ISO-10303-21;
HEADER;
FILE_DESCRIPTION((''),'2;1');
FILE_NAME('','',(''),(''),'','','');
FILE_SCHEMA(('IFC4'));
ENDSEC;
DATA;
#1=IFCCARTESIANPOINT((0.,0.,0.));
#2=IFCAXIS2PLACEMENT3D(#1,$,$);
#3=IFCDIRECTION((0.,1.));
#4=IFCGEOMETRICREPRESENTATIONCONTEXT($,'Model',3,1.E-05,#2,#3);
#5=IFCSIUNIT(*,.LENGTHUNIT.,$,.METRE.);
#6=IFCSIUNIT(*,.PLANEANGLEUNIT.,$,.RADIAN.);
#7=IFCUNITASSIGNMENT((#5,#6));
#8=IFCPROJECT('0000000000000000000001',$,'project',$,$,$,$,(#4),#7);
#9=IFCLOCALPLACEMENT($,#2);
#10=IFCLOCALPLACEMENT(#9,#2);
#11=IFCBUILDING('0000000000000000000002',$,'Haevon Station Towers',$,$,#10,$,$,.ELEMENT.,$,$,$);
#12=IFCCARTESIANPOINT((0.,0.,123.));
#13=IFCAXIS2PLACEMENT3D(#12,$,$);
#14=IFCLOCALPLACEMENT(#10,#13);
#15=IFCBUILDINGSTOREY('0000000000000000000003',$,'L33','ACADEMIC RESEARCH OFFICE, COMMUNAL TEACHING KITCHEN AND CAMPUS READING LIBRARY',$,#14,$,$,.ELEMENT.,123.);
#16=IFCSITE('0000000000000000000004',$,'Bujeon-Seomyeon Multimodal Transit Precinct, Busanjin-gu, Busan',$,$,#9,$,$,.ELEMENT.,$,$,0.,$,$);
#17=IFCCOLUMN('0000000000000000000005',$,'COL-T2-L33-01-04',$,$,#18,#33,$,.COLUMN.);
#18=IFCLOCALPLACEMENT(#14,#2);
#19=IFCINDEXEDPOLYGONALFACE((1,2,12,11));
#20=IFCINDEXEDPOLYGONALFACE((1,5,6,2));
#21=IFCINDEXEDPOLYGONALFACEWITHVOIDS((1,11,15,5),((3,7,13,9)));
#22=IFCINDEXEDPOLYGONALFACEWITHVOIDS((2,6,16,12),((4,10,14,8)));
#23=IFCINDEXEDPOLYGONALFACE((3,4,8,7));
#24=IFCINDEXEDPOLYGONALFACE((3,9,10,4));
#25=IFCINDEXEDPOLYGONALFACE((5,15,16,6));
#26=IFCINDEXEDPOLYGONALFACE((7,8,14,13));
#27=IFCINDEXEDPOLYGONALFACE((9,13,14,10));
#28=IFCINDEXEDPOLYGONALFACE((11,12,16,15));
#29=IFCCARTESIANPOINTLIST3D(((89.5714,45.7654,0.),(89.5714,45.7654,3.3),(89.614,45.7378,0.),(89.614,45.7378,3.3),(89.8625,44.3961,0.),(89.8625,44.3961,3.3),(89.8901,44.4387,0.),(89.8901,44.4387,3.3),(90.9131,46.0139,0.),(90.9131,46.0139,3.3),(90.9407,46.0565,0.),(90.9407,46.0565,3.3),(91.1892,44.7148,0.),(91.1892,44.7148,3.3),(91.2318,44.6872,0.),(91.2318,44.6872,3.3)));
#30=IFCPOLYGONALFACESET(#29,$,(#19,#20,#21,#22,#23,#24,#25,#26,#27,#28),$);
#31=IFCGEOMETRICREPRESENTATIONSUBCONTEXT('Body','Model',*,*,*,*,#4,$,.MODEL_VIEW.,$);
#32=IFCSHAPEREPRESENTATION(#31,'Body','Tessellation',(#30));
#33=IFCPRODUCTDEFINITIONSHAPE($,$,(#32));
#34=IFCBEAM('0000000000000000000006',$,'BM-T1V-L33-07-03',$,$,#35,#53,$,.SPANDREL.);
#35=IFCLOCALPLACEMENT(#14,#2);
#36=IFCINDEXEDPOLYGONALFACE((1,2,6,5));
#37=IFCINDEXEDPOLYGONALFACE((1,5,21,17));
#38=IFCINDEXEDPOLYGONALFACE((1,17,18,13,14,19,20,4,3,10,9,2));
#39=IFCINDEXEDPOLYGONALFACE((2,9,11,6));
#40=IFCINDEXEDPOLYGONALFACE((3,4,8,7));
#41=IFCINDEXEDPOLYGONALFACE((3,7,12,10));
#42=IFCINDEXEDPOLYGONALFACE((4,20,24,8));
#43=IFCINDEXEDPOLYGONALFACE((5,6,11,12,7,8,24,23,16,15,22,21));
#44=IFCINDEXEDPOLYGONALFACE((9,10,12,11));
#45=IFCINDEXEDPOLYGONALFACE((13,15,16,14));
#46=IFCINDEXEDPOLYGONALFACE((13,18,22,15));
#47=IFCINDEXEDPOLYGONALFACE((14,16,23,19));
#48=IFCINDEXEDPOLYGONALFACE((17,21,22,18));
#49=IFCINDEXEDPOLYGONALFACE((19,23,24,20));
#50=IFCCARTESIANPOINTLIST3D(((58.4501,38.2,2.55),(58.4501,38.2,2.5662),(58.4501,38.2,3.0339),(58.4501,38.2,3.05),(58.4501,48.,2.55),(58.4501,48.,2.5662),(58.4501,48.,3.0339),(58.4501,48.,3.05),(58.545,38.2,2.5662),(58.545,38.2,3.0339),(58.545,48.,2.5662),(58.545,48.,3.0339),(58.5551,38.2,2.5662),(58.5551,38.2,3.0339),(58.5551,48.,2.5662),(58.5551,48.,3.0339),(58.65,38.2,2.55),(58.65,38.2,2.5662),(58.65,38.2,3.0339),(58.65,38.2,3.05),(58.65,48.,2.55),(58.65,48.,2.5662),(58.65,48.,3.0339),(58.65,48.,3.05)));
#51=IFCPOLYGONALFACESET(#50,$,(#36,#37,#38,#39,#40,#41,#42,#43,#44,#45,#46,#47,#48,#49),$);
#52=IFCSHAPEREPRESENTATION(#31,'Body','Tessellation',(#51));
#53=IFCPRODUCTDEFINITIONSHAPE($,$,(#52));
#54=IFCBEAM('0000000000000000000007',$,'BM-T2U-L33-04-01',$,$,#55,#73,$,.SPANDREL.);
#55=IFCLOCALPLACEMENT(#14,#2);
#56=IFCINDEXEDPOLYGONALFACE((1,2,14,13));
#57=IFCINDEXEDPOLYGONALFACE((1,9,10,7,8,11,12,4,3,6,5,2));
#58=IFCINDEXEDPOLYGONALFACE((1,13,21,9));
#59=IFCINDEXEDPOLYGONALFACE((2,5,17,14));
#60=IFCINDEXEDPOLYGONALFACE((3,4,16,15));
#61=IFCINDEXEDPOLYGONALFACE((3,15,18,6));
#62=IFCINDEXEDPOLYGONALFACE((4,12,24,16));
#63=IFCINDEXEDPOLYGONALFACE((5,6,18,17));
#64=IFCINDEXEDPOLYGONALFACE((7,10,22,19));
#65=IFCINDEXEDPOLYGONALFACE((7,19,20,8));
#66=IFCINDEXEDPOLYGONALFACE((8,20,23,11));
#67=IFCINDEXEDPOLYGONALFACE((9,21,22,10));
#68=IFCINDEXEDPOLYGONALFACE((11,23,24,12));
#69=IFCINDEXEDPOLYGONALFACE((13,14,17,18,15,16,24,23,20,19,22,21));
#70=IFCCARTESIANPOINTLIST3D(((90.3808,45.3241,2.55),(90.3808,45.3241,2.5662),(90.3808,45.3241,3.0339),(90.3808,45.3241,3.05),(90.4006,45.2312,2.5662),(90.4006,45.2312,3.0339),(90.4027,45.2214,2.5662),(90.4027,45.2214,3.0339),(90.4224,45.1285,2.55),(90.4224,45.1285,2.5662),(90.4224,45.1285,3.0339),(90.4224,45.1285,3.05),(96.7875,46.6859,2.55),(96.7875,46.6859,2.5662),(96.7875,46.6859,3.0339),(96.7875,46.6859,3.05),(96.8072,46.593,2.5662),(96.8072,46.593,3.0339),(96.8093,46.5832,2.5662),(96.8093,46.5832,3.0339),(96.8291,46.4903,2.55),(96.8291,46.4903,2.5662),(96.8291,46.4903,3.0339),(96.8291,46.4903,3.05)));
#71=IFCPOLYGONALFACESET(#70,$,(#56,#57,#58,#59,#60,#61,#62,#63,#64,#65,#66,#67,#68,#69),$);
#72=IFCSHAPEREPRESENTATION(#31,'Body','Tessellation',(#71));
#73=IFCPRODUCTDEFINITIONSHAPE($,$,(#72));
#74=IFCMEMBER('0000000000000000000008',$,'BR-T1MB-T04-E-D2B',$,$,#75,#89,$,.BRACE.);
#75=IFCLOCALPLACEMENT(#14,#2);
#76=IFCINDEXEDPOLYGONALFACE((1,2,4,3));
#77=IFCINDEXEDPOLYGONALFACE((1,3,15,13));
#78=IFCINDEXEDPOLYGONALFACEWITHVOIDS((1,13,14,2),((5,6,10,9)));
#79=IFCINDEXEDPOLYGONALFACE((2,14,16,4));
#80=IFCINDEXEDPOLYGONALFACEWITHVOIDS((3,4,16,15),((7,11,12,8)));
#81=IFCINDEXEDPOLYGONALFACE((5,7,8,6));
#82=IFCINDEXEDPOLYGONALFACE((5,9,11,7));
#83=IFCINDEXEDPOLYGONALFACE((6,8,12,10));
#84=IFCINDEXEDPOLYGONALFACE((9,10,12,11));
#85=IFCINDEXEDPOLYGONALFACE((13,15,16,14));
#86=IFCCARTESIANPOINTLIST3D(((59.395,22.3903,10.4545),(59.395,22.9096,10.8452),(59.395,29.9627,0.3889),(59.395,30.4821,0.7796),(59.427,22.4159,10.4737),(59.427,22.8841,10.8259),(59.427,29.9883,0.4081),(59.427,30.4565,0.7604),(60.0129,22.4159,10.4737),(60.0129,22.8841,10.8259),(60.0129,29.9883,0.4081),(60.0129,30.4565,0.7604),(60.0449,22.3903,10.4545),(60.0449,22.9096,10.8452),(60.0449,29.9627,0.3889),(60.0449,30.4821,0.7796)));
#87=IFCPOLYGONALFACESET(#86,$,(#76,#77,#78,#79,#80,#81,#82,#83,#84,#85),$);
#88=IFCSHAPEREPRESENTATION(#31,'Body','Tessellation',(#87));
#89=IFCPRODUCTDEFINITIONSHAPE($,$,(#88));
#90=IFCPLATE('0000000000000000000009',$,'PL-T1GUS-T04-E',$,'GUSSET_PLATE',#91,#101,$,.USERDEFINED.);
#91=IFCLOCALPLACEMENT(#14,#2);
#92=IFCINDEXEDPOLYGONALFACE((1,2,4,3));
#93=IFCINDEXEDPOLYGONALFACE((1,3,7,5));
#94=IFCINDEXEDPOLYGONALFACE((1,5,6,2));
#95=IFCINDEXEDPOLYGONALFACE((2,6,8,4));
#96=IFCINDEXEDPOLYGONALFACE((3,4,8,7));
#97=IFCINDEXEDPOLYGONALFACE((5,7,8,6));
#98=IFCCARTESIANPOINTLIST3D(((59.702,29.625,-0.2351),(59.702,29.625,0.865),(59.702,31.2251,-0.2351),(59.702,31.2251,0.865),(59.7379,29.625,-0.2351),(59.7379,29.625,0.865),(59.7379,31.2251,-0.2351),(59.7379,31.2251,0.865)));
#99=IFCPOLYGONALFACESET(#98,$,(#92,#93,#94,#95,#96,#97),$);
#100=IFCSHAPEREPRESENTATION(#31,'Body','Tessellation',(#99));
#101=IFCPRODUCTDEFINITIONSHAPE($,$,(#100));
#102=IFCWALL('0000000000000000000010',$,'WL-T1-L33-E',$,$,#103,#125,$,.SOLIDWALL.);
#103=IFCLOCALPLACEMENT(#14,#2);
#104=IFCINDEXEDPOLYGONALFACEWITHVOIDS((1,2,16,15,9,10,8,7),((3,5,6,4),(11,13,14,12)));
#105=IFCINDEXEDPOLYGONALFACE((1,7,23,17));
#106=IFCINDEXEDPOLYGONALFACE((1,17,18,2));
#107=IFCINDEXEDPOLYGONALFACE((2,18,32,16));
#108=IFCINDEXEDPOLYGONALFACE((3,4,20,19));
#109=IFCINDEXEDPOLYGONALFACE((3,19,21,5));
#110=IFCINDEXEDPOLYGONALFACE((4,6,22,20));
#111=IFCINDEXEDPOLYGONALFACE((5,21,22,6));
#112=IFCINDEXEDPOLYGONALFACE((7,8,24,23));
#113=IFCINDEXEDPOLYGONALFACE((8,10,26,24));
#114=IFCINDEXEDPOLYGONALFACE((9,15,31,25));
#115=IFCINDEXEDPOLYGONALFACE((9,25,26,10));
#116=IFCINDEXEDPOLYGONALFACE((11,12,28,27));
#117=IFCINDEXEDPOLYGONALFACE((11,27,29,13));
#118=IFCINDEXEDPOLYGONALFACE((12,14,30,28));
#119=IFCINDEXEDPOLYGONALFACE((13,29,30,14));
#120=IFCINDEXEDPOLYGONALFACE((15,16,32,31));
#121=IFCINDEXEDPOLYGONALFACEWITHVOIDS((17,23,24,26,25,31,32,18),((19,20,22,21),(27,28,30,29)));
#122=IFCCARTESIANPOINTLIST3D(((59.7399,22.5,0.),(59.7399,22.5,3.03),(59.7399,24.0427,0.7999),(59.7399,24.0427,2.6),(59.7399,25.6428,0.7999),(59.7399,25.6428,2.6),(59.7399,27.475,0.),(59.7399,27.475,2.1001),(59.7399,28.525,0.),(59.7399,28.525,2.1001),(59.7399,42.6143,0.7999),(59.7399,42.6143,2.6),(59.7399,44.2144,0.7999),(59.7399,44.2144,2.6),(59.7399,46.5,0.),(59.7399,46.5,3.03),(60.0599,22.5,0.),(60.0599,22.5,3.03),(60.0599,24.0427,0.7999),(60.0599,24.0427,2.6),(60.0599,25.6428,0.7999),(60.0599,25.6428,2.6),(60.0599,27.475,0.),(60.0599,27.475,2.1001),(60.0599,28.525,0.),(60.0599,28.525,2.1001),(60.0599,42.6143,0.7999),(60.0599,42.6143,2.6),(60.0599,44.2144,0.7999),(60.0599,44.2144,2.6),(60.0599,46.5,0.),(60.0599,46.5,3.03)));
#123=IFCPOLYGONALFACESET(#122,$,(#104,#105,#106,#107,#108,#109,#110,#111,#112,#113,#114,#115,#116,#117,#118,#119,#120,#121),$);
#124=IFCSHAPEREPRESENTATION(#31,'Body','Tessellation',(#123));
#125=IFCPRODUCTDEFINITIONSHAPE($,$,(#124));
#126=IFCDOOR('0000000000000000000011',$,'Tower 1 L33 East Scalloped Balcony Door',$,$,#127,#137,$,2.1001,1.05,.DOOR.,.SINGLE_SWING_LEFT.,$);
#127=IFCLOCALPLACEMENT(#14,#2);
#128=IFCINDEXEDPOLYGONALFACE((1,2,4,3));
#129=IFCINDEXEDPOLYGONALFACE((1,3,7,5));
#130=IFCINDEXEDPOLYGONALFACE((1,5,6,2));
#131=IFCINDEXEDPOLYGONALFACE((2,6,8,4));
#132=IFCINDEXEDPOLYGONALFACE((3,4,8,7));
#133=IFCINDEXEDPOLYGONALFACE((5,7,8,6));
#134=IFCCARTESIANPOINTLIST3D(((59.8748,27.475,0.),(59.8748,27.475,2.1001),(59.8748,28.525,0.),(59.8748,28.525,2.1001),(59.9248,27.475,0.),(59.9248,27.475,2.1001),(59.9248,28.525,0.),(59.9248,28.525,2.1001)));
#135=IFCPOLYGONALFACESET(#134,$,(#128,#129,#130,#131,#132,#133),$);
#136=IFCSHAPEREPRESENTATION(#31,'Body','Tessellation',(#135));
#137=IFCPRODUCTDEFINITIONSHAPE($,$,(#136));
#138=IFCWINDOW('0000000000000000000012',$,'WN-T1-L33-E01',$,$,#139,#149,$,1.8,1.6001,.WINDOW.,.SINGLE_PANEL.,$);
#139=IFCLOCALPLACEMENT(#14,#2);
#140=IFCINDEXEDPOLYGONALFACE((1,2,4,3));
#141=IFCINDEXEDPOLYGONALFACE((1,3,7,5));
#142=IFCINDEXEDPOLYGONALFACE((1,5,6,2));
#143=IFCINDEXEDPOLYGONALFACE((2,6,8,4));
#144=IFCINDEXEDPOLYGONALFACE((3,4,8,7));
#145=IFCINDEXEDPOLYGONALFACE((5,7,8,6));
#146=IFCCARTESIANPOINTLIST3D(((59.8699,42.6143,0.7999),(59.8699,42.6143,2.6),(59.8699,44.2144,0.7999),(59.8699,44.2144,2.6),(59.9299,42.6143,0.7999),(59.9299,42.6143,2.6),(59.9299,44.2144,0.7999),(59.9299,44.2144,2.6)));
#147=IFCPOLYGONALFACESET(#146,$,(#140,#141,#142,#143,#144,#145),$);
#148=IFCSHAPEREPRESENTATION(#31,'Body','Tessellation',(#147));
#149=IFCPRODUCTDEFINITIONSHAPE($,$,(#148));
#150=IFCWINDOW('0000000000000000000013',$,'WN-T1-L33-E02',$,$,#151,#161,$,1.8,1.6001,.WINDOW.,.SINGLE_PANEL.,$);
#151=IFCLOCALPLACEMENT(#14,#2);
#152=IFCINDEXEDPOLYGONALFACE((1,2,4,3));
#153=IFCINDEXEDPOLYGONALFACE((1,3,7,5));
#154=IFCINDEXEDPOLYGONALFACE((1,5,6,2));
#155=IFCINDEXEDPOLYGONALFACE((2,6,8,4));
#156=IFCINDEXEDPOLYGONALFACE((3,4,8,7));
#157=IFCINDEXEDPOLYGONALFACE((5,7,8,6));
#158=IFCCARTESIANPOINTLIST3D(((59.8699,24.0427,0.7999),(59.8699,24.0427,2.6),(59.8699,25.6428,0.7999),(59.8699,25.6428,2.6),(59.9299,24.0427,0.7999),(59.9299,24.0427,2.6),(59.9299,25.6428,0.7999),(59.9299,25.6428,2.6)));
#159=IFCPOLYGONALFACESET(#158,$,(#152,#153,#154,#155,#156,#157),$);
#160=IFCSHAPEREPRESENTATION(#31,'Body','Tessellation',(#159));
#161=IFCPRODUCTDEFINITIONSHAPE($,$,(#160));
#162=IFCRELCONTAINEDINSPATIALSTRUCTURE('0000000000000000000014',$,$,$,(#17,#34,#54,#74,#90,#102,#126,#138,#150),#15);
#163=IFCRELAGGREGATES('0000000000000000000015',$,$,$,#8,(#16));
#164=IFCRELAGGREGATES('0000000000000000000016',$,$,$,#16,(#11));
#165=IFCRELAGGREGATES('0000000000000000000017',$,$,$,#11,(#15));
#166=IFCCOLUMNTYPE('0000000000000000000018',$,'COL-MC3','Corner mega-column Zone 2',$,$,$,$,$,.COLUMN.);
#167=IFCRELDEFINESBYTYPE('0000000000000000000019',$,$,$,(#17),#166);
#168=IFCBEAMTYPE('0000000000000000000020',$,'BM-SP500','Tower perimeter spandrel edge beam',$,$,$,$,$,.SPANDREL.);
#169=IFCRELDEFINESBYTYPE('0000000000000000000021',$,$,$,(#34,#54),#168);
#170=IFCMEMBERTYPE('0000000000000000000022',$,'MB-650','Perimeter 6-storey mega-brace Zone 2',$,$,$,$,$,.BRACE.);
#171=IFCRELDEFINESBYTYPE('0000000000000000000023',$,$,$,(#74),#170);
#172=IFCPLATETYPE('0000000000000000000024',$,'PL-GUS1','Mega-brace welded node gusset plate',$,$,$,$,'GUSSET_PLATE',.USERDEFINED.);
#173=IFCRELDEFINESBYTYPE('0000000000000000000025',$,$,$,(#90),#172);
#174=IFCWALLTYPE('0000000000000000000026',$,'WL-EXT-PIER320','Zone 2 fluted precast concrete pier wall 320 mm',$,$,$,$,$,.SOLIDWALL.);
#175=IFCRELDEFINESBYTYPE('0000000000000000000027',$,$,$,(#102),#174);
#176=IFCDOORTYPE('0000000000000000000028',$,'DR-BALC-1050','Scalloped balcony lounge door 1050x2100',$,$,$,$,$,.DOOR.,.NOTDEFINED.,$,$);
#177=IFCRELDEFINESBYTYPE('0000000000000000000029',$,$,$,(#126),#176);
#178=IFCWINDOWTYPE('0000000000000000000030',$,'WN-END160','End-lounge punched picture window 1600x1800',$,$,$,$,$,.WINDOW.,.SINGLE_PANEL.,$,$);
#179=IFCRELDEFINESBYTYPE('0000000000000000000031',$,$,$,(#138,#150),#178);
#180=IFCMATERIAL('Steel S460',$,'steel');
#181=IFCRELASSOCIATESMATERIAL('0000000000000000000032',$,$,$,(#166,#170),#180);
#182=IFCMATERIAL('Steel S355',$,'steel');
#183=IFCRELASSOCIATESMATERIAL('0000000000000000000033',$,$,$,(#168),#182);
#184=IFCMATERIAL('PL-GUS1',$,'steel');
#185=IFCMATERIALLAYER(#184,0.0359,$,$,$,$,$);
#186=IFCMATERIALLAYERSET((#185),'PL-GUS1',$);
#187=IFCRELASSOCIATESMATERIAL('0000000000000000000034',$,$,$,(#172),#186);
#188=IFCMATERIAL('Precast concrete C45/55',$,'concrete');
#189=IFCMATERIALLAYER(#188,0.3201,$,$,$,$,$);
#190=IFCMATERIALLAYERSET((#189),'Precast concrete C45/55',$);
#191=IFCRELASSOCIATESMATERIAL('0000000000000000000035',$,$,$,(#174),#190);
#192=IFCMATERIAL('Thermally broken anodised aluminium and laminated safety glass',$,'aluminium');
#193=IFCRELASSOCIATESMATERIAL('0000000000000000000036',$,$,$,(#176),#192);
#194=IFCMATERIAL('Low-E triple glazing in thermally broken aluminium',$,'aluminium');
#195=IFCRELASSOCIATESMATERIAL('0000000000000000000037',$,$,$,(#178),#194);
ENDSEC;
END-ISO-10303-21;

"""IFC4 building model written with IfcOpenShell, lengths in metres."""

from ifc_helpers import new_model, si_unit, direction, frame, frame_2d, origin, origin_2d, place, context, subcontext, project, spatial, rectangle, hollow_rectangle, i_section, extrude, material, layer, layer_set, material_profile, profile_set, type_object, element, fill, save


model = new_model("IFC4")

# Units and contexts
model_context = context("Model", 3, precision=1e-05, world=origin(), true_north=direction((0.0, 1.0)))
body_context = subcontext(model_context, "Body", "Model", "MODEL_VIEW")
ifc_project = project(units=[si_unit("LENGTHUNIT", "METRE"), si_unit("PLANEANGLEUNIT", "RADIAN")], contexts=[model_context])

# Site, building, storey
site_placement = place(None, origin())
site = spatial("IfcSite", under=ifc_project, at=site_placement, Name="Bujeon-Seomyeon Multimodal Transit Precinct, Busanjin-gu, Busan", CompositionType="ELEMENT", RefElevation=0.0)
building_placement = place(site_placement, origin())
building = spatial("IfcBuilding", under=site, at=building_placement, Name="Haevon Station Towers", CompositionType="ELEMENT")
storey_placement = place(building_placement, frame((0.0, 0.0, 123.0)))
storey = spatial("IfcBuildingStorey", under=building, at=storey_placement, Name="L33", Description="ACADEMIC RESEARCH OFFICE, COMMUNAL TEACHING KITCHEN AND CAMPUS READING LIBRARY", CompositionType="ELEMENT", Elevation=123.0)

# Column
ifc_material_1 = material(Name="Steel S460", Category="steel")
ifc_material_profile_1 = material_profile(ifc_material_1, hollow_rectangle(XDim=1.3999, YDim=1.3999, WallThickness=0.0359, at=origin_2d()), Name="BOX-1400x1400x36")
ifc_profile_set_1 = profile_set([ifc_material_profile_1], Name="Steel S460")
column_type = type_object("IfcColumnType", Name="COL-MC3", Description="Corner mega-column Zone 2", PredefinedType="COLUMN", material=ifc_profile_set_1)
column_placement = place(storey_placement, frame((90.4016, 45.2263, 0.0), z_axis=(0.0, 0.0, 1.0), x_axis=(0.978148, 0.207912, 0.0)))
element("IfcColumn", 1, at=column_placement, inside=storey, type_object=column_type, Name="COL-T2-L33-01-04", PredefinedType="COLUMN", context=body_context, shape_type="SweptSolid", body=[
    extrude(hollow_rectangle(XDim=1.3999, YDim=1.3999, WallThickness=0.0359, at=origin_2d()), origin(), (0.0, 0.0, 1.0), 3.3),
])

# Beams
ifc_material_2 = material(Name="Steel S355", Category="steel")
ifc_material_profile_2 = material_profile(ifc_material_2, i_section(OverallWidth=0.2, OverallDepth=0.5, WebThickness=0.01, FlangeThickness=0.0161, at=origin_2d()), Name="H-500x200x10x16")
ifc_profile_set_2 = profile_set([ifc_material_profile_2], Name="Steel S355")
beam_type = type_object("IfcBeamType", Name="BM-SP500", Description="Tower perimeter spandrel edge beam", PredefinedType="SPANDREL", material=ifc_profile_set_2)
beam_1_placement = place(storey_placement, frame((58.55, 38.2, 2.8), z_axis=(0.0, 1.0, 0.0), x_axis=(-1.0, 0.0, 0.0)))
element("IfcBeam", 2, at=beam_1_placement, inside=storey, type_object=beam_type, Name="BM-T1V-L33-07-03", PredefinedType="SPANDREL", context=body_context, shape_type="SweptSolid", body=[
    extrude(i_section(OverallWidth=0.2, OverallDepth=0.5, WebThickness=0.01, FlangeThickness=0.0161, at=origin_2d()), origin(), (0.0, 0.0, 1.0), 9.8),
])
beam_2_placement = place(storey_placement, frame((90.4016, 45.2263, 2.8), z_axis=(0.978147, 0.207915, 0.0), x_axis=(-0.207915, 0.978147, 0.0)))
element("IfcBeam", 3, at=beam_2_placement, inside=storey, type_object=beam_type, Name="BM-T2U-L33-04-01", PredefinedType="SPANDREL", context=body_context, shape_type="SweptSolid", body=[
    extrude(i_section(OverallWidth=0.2, OverallDepth=0.5, WebThickness=0.01, FlangeThickness=0.0161, at=origin_2d()), origin(), (0.0, 0.0, 1.0), 6.5498),
])

# Member
ifc_material_profile_3 = material_profile(ifc_material_1, hollow_rectangle(XDim=0.6499, YDim=0.6499, WallThickness=0.032, at=origin_2d()), Name="RHS-650x650x32")
ifc_profile_set_3 = profile_set([ifc_material_profile_3], Name="Steel S460")
member_type = type_object("IfcMemberType", Name="MB-650", Description="Perimeter 6-storey mega-brace Zone 2", PredefinedType="BRACE", material=ifc_profile_set_3)
member_placement = place(storey_placement, frame((59.72, 30.2224, 0.5842), z_axis=(0.0, -0.601181, 0.799113), x_axis=(1.0, 0.0, 0.0)))
element("IfcMember", 4, at=member_placement, inside=storey, type_object=member_type, Name="BR-T1MB-T04-E-D2B", PredefinedType="BRACE", context=body_context, shape_type="SweptSolid", body=[
    extrude(hollow_rectangle(XDim=0.6499, YDim=0.6499, WallThickness=0.032, at=origin_2d()), origin(), (0.0, 0.0, 1.0), 12.5959),
])

# Plate
ifc_material_3 = material(Name="PL-GUS1", Category="steel")
ifc_layer_1 = layer(ifc_material_3, 0.0359)
ifc_layer_set_1 = layer_set([ifc_layer_1], Name="PL-GUS1")
plate_type = type_object("IfcPlateType", Name="PL-GUS1", Description="Mega-brace welded node gusset plate", ElementType="GUSSET_PLATE", PredefinedType="USERDEFINED", material=ifc_layer_set_1)
plate_placement = place(storey_placement, frame((59.72, 30.425, -0.2351), z_axis=(0.0, 0.0, 1.0), x_axis=(0.0, 1.0, 0.0)))
element("IfcPlate", 5, at=plate_placement, inside=storey, type_object=plate_type, Name="PL-T1GUS-T04-E", ObjectType="GUSSET_PLATE", PredefinedType="USERDEFINED", context=body_context, shape_type="SweptSolid", body=[
    extrude(rectangle(XDim=1.6001, YDim=0.0359, at=origin_2d()), origin(), (0.0, 0.0, 1.0), 1.1001),
])

# Wall, openings, door, windows
ifc_material_4 = material(Name="Precast concrete C45/55", Category="concrete")
ifc_layer_2 = layer(ifc_material_4, 0.3201)
ifc_layer_set_2 = layer_set([ifc_layer_2], Name="Precast concrete C45/55")
wall_type = type_object("IfcWallType", Name="WL-EXT-PIER320", Description="Zone 2 fluted precast concrete pier wall 320 mm", PredefinedType="SOLIDWALL", material=ifc_layer_set_2)
wall_1_placement = place(storey_placement, frame((59.8999, 46.5, 0.0), z_axis=(0.0, 0.0, 1.0), x_axis=(0.0, -1.0, 0.0)))
wall_1 = element("IfcWall", 6, at=wall_1_placement, inside=storey, type_object=wall_type, Name="WL-T1-L33-E", PredefinedType="SOLIDWALL", context=body_context, shape_type="SweptSolid", body=[
    extrude(rectangle(XDim=24.0, YDim=0.3201, at=frame_2d((12.0, 0.0))), origin(), (0.0, 0.0, 1.0), 3.03),
])
opening_1_placement = place(wall_1_placement, frame((17.9751, 0.0, 0.0)))
opening_1 = element("IfcOpeningElement", 7, at=opening_1_placement, cuts=wall_1, PredefinedType="OPENING", context=body_context, shape_type="SweptSolid", body=[
    extrude(rectangle(XDim=1.05, YDim=2.1001, at=frame_2d((0.5249, 1.05))), frame((0.0, 0.1699, 0.0), z_axis=(0.0, -1.0, 0.0), x_axis=(1.0, 0.0, 0.0)), (0.0, 0.0, 1.0), 0.3401),
])
opening_2_placement = place(wall_1_placement, frame((2.2856, 0.0, 0.8)))
opening_2 = element("IfcOpeningElement", 8, at=opening_2_placement, cuts=wall_1, PredefinedType="OPENING", context=body_context, shape_type="SweptSolid", body=[
    extrude(rectangle(XDim=1.6001, YDim=1.8, at=frame_2d((0.8, 0.8999))), frame((0.0, 0.1699, 0.0), z_axis=(0.0, -1.0, 0.0), x_axis=(1.0, 0.0, 0.0)), (0.0, 0.0, 1.0), 0.3401),
])
opening_3_placement = place(wall_1_placement, frame((20.8572, 0.0, 0.8)))
opening_3 = element("IfcOpeningElement", 9, at=opening_3_placement, cuts=wall_1, PredefinedType="OPENING", context=body_context, shape_type="SweptSolid", body=[
    extrude(rectangle(XDim=1.6001, YDim=1.8, at=frame_2d((0.8, 0.8999))), frame((0.0, 0.1699, 0.0), z_axis=(0.0, -1.0, 0.0), x_axis=(1.0, 0.0, 0.0)), (0.0, 0.0, 1.0), 0.3401),
])
ifc_material_5 = material(Name="Thermally broken anodised aluminium and laminated safety glass", Category="aluminium")
door_type = type_object("IfcDoorType", Name="DR-BALC-1050", Description="Scalloped balcony lounge door 1050x2100", OperationType="NOTDEFINED", PredefinedType="DOOR", material=ifc_material_5)
door_placement = place(opening_1_placement, origin())
door = element("IfcDoor", 10, at=door_placement, inside=storey, type_object=door_type, Name="Tower 1 L33 East Scalloped Balcony Door", OperationType="SINGLE_SWING_LEFT", OverallHeight=2.1001, OverallWidth=1.05, PredefinedType="DOOR", context=body_context, shape_type="SweptSolid", body=[
    extrude(rectangle(XDim=1.05, YDim=2.1001, at=frame_2d((0.5249, 1.05))), frame((0.0, 0.0249, 0.0), z_axis=(0.0, -1.0, 0.0), x_axis=(1.0, 0.0, 0.0)), (0.0, 0.0, 1.0), 0.05),
])
fill(opening_1, door)
ifc_material_6 = material(Name="Low-E triple glazing in thermally broken aluminium", Category="aluminium")
window_type = type_object("IfcWindowType", Name="WN-END160", Description="End-lounge punched picture window 1600x1800", PartitioningType="SINGLE_PANEL", PredefinedType="WINDOW", material=ifc_material_6)
window_1_placement = place(opening_2_placement, origin())
window_1 = element("IfcWindow", 11, at=window_1_placement, inside=storey, type_object=window_type, Name="WN-T1-L33-E01", OverallHeight=1.8, OverallWidth=1.6001, PartitioningType="SINGLE_PANEL", PredefinedType="WINDOW", context=body_context, shape_type="SweptSolid", body=[
    extrude(rectangle(XDim=1.6001, YDim=1.8, at=frame_2d((0.8, 0.8999))), frame((0.0, 0.03, 0.0), z_axis=(0.0, -1.0, 0.0), x_axis=(1.0, 0.0, 0.0)), (0.0, 0.0, 1.0), 0.0601),
])
fill(opening_2, window_1)
window_2_placement = place(opening_3_placement, origin())
window_2 = element("IfcWindow", 12, at=window_2_placement, inside=storey, type_object=window_type, Name="WN-T1-L33-E02", OverallHeight=1.8, OverallWidth=1.6001, PartitioningType="SINGLE_PANEL", PredefinedType="WINDOW", context=body_context, shape_type="SweptSolid", body=[
    extrude(rectangle(XDim=1.6001, YDim=1.8, at=frame_2d((0.8, 0.8999))), frame((0.0, 0.03, 0.0), z_axis=(0.0, -1.0, 0.0), x_axis=(1.0, 0.0, 0.0)), (0.0, 0.0, 1.0), 0.0601),
])
fill(opening_3, window_2)

save(model, "model.ifc")
